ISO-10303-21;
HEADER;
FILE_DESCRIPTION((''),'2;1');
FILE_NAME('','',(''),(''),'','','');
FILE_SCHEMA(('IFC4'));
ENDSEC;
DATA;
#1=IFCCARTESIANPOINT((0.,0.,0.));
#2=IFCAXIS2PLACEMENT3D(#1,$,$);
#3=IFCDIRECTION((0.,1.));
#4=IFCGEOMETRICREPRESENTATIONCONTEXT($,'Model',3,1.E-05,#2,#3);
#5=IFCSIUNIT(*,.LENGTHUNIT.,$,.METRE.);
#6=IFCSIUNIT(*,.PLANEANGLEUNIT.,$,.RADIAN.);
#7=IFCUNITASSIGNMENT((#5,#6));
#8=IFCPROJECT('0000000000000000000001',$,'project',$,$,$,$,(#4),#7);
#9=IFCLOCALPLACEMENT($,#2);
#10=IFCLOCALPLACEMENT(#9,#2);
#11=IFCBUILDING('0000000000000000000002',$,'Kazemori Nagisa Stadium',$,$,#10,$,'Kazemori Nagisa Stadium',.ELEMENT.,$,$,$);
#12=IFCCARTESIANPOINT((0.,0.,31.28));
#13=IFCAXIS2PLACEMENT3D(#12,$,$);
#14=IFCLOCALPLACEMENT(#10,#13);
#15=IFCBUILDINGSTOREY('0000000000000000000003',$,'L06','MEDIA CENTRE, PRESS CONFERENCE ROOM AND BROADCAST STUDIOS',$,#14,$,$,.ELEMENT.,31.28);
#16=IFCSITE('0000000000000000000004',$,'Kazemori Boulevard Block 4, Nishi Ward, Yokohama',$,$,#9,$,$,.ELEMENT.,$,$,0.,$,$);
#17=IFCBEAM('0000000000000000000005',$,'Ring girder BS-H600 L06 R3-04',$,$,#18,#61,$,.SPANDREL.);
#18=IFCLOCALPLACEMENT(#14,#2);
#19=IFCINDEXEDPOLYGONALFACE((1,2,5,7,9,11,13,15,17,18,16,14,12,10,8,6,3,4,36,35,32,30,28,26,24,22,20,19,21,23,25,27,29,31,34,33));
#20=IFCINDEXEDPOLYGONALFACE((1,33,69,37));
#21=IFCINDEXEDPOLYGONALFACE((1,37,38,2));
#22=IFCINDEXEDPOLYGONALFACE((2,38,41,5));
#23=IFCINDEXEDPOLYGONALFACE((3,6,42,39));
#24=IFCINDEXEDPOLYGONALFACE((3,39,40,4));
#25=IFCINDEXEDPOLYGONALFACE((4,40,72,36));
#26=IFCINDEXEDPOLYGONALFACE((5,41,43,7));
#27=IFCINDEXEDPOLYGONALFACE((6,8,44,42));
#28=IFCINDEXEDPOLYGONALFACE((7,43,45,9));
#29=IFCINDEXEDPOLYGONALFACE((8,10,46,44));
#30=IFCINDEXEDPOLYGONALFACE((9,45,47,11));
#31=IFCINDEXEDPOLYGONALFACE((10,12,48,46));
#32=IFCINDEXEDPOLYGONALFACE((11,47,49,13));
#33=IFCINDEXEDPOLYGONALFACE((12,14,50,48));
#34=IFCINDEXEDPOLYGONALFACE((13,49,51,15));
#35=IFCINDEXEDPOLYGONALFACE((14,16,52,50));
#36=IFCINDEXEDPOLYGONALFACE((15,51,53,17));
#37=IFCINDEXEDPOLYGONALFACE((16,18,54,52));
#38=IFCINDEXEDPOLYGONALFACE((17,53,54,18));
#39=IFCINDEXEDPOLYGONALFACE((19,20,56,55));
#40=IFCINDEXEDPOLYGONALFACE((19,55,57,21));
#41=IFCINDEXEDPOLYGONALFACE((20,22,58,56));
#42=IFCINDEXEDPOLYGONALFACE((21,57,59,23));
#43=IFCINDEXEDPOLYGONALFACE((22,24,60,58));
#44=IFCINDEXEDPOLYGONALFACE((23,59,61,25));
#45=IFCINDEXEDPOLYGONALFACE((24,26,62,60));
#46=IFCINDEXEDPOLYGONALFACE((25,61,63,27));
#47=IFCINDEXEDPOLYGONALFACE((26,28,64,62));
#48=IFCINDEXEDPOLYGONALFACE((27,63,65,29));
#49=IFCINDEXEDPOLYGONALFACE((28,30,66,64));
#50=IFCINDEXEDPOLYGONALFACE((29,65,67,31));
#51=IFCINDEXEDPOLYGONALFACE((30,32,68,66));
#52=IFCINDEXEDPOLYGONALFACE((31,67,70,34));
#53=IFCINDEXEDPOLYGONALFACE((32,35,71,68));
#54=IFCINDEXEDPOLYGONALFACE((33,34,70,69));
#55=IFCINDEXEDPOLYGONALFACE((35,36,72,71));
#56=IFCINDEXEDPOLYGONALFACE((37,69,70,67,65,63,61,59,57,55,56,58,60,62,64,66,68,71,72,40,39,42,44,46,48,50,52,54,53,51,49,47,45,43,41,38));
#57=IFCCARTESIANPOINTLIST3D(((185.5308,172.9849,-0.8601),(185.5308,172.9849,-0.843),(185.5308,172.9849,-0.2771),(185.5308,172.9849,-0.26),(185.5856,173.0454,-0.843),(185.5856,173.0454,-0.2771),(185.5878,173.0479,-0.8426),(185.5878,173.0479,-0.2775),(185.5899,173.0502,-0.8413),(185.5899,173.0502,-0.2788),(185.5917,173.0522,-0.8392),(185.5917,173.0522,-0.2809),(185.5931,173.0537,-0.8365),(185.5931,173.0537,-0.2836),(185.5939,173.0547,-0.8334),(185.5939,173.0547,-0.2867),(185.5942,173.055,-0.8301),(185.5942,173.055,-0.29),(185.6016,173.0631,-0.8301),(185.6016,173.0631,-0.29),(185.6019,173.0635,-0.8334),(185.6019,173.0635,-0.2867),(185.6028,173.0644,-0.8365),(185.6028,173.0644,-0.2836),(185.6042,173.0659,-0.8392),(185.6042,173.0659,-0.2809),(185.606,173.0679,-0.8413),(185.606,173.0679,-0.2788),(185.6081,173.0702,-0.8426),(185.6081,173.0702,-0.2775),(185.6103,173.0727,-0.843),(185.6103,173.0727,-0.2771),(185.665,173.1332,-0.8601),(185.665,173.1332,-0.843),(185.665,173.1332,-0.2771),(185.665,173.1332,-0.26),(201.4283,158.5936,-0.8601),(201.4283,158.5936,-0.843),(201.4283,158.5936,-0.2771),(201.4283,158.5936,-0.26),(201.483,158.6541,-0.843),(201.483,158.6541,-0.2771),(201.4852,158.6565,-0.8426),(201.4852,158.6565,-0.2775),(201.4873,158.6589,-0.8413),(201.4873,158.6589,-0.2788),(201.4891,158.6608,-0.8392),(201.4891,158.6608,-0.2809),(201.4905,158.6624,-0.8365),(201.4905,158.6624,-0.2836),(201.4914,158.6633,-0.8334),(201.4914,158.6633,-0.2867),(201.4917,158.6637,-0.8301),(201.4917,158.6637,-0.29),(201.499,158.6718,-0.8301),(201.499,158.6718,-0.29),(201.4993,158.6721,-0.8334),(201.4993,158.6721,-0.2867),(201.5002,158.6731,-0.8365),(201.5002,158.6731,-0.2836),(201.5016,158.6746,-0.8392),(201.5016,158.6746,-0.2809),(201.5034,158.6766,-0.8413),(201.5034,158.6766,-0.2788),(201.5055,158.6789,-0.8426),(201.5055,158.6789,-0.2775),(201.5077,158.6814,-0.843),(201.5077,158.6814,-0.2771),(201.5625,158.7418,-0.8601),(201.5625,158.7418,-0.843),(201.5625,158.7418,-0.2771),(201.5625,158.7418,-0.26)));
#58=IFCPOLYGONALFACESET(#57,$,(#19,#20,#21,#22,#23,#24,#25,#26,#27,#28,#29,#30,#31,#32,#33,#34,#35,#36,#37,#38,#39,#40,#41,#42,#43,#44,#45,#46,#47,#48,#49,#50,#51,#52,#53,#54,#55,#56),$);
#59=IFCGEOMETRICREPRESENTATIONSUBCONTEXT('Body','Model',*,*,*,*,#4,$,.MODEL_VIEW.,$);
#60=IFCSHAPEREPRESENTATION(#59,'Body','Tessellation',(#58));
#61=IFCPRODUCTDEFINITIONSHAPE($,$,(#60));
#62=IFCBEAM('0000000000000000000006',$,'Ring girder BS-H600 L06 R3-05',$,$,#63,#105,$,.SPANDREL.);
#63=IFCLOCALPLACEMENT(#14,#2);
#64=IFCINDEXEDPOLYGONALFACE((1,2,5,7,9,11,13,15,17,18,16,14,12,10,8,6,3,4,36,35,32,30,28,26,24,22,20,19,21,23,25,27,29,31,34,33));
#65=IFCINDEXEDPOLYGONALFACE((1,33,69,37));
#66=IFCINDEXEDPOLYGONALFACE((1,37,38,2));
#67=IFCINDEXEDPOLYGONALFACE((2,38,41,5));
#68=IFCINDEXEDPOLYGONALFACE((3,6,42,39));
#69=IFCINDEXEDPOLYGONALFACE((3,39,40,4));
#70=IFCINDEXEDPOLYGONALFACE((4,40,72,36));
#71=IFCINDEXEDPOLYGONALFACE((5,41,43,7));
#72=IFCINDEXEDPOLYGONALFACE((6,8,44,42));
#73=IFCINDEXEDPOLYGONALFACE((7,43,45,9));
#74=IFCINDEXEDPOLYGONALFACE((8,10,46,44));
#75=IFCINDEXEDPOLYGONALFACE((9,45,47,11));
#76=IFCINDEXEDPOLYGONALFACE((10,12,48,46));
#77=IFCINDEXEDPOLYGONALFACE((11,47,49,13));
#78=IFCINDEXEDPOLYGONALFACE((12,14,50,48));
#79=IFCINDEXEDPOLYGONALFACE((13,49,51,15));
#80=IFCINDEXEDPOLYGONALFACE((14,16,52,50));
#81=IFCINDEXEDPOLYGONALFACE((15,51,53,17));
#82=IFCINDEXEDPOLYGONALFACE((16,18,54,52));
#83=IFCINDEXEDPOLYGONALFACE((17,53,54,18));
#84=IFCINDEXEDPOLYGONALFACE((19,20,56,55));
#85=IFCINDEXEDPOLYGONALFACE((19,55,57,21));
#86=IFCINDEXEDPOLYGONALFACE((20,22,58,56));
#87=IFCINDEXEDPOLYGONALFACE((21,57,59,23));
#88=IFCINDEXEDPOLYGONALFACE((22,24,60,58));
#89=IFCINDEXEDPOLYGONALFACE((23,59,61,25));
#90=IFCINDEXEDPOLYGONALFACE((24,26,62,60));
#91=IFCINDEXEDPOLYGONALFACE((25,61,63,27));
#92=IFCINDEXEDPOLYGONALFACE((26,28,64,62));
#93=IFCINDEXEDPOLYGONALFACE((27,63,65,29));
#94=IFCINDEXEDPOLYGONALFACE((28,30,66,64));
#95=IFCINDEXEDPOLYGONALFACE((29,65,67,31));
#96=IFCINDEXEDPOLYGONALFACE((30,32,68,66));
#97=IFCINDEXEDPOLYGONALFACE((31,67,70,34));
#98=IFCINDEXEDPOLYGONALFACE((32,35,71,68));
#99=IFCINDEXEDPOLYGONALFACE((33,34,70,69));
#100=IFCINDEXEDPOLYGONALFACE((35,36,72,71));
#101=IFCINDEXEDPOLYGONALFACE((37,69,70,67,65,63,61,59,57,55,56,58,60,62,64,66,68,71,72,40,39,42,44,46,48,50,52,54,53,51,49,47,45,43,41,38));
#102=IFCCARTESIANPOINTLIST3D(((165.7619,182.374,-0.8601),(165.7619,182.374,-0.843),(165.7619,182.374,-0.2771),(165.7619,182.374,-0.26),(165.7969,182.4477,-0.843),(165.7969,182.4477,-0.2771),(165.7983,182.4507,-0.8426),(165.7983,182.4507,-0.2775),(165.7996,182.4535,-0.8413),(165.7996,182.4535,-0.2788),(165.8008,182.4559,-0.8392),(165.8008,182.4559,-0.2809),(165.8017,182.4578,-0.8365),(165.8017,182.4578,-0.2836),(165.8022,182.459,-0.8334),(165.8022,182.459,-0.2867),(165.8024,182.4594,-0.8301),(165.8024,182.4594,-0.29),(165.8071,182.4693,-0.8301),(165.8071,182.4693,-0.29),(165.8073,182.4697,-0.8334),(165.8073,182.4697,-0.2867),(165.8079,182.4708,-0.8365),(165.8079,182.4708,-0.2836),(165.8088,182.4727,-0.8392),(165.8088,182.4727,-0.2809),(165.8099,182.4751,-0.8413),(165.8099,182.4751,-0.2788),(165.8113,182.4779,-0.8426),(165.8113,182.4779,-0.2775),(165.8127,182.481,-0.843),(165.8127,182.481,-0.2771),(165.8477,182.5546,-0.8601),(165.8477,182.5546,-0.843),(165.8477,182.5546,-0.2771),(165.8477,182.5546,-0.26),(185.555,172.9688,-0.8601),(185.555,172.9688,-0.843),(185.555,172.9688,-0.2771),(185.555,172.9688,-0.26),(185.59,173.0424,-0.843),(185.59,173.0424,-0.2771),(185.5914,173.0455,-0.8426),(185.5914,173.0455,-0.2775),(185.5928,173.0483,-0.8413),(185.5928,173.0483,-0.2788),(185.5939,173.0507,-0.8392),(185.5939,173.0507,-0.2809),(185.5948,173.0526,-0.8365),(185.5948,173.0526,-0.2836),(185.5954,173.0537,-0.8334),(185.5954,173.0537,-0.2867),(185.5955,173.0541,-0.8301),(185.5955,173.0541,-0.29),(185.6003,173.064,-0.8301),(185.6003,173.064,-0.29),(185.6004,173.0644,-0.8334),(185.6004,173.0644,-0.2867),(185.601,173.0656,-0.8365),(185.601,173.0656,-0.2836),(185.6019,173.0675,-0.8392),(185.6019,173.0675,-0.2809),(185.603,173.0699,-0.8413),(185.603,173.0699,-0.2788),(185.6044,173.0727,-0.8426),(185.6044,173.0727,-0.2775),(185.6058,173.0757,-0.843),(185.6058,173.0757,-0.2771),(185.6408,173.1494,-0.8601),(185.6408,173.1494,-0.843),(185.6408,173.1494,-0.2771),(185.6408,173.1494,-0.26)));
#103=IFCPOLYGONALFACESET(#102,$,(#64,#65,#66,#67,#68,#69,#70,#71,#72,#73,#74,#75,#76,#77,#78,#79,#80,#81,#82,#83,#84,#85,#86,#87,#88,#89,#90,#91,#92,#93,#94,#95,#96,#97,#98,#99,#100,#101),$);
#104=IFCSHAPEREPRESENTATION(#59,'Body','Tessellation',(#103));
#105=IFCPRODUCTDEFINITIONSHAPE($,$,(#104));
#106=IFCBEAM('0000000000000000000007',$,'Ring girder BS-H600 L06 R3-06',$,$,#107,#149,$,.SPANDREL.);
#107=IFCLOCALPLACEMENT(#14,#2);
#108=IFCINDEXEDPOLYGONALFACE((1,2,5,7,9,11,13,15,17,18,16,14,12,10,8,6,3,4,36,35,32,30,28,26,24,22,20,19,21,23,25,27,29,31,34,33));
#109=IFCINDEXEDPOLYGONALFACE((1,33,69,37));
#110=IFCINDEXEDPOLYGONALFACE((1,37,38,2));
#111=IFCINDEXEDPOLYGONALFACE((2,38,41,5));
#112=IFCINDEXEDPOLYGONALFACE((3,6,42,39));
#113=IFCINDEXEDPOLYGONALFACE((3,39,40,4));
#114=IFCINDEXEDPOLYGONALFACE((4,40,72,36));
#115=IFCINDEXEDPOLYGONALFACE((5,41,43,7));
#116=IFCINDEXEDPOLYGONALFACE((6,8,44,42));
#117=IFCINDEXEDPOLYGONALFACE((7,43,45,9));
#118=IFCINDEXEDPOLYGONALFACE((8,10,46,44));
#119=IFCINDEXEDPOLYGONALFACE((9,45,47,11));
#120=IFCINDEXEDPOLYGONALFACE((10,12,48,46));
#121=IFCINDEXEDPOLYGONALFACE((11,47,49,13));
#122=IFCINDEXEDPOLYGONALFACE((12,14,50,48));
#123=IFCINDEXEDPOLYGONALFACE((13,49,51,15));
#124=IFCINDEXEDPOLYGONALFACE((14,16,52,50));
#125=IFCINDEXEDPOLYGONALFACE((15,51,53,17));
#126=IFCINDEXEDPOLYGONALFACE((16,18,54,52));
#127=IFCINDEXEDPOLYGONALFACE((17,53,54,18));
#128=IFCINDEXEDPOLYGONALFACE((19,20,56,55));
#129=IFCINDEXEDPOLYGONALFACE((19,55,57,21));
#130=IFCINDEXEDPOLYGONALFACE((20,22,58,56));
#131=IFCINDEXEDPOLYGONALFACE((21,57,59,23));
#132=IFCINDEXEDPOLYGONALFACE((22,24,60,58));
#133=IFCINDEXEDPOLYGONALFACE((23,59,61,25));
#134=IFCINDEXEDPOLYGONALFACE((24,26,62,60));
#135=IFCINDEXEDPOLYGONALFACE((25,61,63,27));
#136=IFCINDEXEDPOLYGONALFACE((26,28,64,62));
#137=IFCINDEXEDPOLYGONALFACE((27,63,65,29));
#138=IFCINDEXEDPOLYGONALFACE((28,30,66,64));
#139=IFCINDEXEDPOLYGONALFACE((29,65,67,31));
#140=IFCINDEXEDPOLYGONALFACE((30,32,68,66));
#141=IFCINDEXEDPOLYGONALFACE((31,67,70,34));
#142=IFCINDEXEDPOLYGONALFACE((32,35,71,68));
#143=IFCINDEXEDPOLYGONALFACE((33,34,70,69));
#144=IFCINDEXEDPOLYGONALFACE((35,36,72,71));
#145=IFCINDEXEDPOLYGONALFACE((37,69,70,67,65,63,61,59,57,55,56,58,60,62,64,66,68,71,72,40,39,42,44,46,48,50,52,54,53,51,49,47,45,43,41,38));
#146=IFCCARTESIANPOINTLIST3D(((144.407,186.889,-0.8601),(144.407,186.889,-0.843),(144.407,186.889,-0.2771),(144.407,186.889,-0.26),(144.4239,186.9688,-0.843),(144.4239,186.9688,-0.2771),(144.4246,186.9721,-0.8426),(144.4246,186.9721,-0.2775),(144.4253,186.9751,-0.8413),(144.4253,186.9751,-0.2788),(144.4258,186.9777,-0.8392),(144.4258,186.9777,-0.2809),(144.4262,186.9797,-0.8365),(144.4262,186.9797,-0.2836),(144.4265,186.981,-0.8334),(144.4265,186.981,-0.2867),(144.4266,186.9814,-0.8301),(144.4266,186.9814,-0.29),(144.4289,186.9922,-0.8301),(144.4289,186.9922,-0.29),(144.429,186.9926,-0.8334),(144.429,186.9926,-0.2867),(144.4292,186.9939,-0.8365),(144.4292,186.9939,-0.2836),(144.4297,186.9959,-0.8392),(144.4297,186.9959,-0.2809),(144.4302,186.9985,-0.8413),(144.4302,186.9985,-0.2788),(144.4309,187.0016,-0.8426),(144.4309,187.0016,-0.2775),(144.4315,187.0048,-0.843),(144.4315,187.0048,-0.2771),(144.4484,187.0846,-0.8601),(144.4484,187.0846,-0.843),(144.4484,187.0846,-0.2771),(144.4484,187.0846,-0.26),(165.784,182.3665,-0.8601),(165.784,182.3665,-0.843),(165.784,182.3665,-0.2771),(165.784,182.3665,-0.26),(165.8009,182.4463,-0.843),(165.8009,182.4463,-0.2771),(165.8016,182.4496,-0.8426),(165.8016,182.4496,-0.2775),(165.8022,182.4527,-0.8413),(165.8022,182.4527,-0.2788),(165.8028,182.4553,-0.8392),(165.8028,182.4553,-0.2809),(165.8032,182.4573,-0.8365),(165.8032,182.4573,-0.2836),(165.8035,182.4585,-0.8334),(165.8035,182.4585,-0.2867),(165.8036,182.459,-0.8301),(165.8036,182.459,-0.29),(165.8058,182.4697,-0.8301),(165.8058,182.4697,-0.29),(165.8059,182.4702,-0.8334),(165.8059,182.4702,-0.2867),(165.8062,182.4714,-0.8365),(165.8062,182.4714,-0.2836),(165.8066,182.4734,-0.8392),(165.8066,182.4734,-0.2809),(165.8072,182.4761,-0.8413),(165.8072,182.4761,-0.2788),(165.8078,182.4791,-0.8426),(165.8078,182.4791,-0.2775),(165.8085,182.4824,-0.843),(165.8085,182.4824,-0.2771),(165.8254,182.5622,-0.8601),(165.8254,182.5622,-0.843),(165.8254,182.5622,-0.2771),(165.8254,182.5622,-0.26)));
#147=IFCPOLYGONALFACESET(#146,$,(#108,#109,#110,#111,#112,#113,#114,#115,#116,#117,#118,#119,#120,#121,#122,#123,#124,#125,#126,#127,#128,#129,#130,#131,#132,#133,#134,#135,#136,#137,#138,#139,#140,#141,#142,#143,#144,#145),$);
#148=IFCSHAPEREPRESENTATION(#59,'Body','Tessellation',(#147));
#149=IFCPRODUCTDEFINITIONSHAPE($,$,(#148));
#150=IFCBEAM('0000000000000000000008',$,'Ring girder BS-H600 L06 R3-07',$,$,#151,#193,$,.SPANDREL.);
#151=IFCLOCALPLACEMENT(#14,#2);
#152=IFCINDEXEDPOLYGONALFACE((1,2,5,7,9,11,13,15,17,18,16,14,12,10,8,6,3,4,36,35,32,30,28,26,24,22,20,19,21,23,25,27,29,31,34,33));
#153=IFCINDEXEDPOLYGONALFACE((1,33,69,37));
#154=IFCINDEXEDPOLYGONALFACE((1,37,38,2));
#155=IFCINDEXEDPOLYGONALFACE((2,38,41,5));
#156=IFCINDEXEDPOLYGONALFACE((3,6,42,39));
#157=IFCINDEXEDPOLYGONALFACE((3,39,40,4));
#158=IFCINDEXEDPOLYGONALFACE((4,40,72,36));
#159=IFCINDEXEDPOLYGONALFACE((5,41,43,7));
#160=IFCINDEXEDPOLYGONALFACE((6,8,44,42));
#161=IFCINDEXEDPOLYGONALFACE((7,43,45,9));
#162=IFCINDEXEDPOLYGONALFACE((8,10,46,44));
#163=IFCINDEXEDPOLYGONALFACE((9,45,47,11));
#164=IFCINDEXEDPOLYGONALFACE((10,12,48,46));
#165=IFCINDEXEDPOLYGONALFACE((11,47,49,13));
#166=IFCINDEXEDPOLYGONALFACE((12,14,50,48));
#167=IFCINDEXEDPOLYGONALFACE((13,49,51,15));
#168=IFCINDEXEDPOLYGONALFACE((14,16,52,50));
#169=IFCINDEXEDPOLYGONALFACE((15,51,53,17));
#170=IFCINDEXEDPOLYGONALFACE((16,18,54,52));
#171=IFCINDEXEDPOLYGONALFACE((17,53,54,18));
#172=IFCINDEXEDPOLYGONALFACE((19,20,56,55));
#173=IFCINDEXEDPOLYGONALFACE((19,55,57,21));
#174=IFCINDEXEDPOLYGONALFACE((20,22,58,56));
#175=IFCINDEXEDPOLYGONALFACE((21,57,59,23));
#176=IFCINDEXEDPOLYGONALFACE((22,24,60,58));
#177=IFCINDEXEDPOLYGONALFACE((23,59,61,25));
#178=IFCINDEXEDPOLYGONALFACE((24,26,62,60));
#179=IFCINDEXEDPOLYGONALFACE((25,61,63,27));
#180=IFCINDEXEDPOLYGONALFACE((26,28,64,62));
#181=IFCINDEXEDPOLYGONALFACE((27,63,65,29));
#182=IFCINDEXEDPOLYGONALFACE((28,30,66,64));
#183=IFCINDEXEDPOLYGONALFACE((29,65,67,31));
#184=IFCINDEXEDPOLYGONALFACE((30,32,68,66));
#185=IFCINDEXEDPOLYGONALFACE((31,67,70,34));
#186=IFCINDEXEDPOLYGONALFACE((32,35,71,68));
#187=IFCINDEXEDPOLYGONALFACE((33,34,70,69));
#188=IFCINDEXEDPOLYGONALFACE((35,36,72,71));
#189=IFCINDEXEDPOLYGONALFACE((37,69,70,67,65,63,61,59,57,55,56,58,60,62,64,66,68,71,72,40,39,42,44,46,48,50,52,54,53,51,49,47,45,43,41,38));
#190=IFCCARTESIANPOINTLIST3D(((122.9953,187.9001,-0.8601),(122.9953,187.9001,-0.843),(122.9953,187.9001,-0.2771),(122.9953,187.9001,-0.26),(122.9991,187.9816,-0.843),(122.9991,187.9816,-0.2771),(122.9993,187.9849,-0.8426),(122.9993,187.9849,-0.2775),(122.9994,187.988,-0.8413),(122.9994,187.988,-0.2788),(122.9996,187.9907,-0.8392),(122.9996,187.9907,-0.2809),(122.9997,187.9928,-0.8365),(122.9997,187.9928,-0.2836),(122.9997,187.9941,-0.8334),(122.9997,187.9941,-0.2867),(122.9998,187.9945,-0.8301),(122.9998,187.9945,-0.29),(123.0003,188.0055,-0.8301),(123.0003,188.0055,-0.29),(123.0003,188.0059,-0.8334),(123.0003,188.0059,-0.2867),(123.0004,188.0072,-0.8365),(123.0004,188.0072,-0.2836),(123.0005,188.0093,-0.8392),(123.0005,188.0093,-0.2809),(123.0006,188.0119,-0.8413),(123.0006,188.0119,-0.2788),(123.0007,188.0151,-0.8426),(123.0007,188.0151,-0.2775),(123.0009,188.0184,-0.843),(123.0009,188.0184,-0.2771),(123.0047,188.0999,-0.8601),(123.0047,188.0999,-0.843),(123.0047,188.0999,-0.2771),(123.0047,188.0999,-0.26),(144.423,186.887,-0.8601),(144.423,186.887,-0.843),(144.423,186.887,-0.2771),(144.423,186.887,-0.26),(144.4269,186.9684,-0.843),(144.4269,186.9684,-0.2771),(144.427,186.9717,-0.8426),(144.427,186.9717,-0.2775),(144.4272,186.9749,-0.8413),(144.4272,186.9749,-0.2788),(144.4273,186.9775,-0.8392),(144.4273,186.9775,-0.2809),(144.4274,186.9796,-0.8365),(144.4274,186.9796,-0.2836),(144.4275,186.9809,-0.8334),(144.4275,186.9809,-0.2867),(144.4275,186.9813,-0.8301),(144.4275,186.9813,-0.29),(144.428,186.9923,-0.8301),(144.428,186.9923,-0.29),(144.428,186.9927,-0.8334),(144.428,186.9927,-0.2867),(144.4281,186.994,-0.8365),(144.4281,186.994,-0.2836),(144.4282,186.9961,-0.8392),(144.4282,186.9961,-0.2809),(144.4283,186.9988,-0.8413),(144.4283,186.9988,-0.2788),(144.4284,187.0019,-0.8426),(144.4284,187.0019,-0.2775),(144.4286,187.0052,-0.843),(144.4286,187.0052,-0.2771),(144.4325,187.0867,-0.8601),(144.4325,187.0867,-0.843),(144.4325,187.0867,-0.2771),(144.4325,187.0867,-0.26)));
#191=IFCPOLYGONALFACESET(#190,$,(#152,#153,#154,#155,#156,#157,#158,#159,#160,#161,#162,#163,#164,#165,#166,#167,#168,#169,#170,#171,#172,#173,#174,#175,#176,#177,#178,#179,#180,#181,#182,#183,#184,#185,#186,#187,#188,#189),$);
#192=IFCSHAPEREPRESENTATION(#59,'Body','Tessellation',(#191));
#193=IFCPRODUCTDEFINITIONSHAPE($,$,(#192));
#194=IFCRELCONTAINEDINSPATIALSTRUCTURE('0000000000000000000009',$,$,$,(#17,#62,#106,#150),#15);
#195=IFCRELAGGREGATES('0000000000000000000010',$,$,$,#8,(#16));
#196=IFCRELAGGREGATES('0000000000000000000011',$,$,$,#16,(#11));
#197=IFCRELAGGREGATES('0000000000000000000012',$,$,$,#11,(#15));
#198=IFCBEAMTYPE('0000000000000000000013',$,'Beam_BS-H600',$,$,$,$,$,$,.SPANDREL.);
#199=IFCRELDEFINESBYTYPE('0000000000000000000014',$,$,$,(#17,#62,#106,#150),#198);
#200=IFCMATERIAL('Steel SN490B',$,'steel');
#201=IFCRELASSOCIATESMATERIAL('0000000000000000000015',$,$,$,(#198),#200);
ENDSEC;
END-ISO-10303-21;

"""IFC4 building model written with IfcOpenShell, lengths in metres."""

from ifc_helpers import new_model, si_unit, direction, frame, origin, origin_2d, place, context, subcontext, project, spatial, i_section, extrude, material, material_profile, profile_set, type_object, element, save


model = new_model("IFC4")

# Units and contexts
model_context = context("Model", 3, precision=1e-05, world=origin(), true_north=direction((0.0, 1.0)))
body_context = subcontext(model_context, "Body", "Model", "MODEL_VIEW")
ifc_project = project(units=[si_unit("LENGTHUNIT", "METRE"), si_unit("PLANEANGLEUNIT", "RADIAN")], contexts=[model_context])

# Site, building, storey
site_placement = place(None, origin())
site = spatial("IfcSite", under=ifc_project, at=site_placement, Name="Kazemori Boulevard Block 4, Nishi Ward, Yokohama", CompositionType="ELEMENT", RefElevation=0.0)
building_placement = place(site_placement, origin())
building = spatial("IfcBuilding", under=site, at=building_placement, Name="Kazemori Nagisa Stadium", LongName="Kazemori Nagisa Stadium", CompositionType="ELEMENT")
storey_placement = place(building_placement, frame((0.0, 0.0, 31.28)))
storey = spatial("IfcBuildingStorey", under=building, at=storey_placement, Name="L06", Description="MEDIA CENTRE, PRESS CONFERENCE ROOM AND BROADCAST STUDIOS", CompositionType="ELEMENT", Elevation=31.28)

# Shared definitions
ifc_material_1 = material(Name="Steel SN490B", Category="steel")

# Beams
ifc_material_profile_1 = material_profile(ifc_material_1, i_section(OverallWidth=0.2, OverallDepth=0.6001, WebThickness=0.011, FlangeThickness=0.0171, FilletRadius=0.0129, at=origin_2d()), Name="H-600x200x11x17")
ifc_profile_set_1 = profile_set([ifc_material_profile_1], Name="Steel SN490B")
beam_type_1 = type_object("IfcBeamType", Name="Beam_BS-H600", PredefinedType="SPANDREL", material=ifc_profile_set_1)
beam_1_placement = place(storey_placement, frame((201.4954, 158.6677, -0.5601), z_axis=(-0.741352, 0.671117, 0.0), x_axis=(-0.671117, -0.741352, 0.0)))
element("IfcBeam", 1, at=beam_1_placement, inside=storey, type_object=beam_type_1, Name="Ring girder BS-H600 L06 R3-04", PredefinedType="SPANDREL", context=body_context, shape_type="SweptSolid", body=[
    extrude(i_section(OverallWidth=0.2, OverallDepth=0.6001, WebThickness=0.011, FlangeThickness=0.0171, FilletRadius=0.0129, at=origin_2d()), origin(), (0.0, 0.0, 1.0), 21.4438),
])
beam_2_placement = place(storey_placement, frame((185.5979, 173.0591, -0.5601), z_axis=(-0.903216, 0.429187, 0.0), x_axis=(-0.429187, -0.903216, 0.0)))
element("IfcBeam", 2, at=beam_2_placement, inside=storey, type_object=beam_type_1, Name="Ring girder BS-H600 L06 R3-05", PredefinedType="SPANDREL", context=body_context, shape_type="SweptSolid", body=[
    extrude(i_section(OverallWidth=0.2, OverallDepth=0.6001, WebThickness=0.011, FlangeThickness=0.0171, FilletRadius=0.0129, at=origin_2d()), origin(), (0.0, 0.0, 1.0), 21.9141),
])
beam_3_placement = place(storey_placement, frame((165.8047, 182.4644, -0.5601), z_axis=(-0.978346, 0.206977, 0.0), x_axis=(-0.206977, -0.978346, 0.0)))
element("IfcBeam", 3, at=beam_3_placement, inside=storey, type_object=beam_type_1, Name="Ring girder BS-H600 L06 R3-06", PredefinedType="SPANDREL", context=body_context, shape_type="SweptSolid", body=[
    extrude(i_section(OverallWidth=0.2, OverallDepth=0.6001, WebThickness=0.011, FlangeThickness=0.0171, FilletRadius=0.0129, at=origin_2d()), origin(), (0.0, 0.0, 1.0), 21.8501),
])
beam_4_placement = place(storey_placement, frame((144.4277, 186.9868, -0.5601), z_axis=(-0.998884, 0.047231, 0.0), x_axis=(-0.047231, -0.998884, 0.0)))
element("IfcBeam", 4, at=beam_4_placement, inside=storey, type_object=beam_type_1, Name="Ring girder BS-H600 L06 R3-07", PredefinedType="SPANDREL", context=body_context, shape_type="SweptSolid", body=[
    extrude(i_section(OverallWidth=0.2, OverallDepth=0.6001, WebThickness=0.011, FlangeThickness=0.0171, FilletRadius=0.0129, at=origin_2d()), origin(), (0.0, 0.0, 1.0), 21.4517),
])

save(model, "model.ifc")
